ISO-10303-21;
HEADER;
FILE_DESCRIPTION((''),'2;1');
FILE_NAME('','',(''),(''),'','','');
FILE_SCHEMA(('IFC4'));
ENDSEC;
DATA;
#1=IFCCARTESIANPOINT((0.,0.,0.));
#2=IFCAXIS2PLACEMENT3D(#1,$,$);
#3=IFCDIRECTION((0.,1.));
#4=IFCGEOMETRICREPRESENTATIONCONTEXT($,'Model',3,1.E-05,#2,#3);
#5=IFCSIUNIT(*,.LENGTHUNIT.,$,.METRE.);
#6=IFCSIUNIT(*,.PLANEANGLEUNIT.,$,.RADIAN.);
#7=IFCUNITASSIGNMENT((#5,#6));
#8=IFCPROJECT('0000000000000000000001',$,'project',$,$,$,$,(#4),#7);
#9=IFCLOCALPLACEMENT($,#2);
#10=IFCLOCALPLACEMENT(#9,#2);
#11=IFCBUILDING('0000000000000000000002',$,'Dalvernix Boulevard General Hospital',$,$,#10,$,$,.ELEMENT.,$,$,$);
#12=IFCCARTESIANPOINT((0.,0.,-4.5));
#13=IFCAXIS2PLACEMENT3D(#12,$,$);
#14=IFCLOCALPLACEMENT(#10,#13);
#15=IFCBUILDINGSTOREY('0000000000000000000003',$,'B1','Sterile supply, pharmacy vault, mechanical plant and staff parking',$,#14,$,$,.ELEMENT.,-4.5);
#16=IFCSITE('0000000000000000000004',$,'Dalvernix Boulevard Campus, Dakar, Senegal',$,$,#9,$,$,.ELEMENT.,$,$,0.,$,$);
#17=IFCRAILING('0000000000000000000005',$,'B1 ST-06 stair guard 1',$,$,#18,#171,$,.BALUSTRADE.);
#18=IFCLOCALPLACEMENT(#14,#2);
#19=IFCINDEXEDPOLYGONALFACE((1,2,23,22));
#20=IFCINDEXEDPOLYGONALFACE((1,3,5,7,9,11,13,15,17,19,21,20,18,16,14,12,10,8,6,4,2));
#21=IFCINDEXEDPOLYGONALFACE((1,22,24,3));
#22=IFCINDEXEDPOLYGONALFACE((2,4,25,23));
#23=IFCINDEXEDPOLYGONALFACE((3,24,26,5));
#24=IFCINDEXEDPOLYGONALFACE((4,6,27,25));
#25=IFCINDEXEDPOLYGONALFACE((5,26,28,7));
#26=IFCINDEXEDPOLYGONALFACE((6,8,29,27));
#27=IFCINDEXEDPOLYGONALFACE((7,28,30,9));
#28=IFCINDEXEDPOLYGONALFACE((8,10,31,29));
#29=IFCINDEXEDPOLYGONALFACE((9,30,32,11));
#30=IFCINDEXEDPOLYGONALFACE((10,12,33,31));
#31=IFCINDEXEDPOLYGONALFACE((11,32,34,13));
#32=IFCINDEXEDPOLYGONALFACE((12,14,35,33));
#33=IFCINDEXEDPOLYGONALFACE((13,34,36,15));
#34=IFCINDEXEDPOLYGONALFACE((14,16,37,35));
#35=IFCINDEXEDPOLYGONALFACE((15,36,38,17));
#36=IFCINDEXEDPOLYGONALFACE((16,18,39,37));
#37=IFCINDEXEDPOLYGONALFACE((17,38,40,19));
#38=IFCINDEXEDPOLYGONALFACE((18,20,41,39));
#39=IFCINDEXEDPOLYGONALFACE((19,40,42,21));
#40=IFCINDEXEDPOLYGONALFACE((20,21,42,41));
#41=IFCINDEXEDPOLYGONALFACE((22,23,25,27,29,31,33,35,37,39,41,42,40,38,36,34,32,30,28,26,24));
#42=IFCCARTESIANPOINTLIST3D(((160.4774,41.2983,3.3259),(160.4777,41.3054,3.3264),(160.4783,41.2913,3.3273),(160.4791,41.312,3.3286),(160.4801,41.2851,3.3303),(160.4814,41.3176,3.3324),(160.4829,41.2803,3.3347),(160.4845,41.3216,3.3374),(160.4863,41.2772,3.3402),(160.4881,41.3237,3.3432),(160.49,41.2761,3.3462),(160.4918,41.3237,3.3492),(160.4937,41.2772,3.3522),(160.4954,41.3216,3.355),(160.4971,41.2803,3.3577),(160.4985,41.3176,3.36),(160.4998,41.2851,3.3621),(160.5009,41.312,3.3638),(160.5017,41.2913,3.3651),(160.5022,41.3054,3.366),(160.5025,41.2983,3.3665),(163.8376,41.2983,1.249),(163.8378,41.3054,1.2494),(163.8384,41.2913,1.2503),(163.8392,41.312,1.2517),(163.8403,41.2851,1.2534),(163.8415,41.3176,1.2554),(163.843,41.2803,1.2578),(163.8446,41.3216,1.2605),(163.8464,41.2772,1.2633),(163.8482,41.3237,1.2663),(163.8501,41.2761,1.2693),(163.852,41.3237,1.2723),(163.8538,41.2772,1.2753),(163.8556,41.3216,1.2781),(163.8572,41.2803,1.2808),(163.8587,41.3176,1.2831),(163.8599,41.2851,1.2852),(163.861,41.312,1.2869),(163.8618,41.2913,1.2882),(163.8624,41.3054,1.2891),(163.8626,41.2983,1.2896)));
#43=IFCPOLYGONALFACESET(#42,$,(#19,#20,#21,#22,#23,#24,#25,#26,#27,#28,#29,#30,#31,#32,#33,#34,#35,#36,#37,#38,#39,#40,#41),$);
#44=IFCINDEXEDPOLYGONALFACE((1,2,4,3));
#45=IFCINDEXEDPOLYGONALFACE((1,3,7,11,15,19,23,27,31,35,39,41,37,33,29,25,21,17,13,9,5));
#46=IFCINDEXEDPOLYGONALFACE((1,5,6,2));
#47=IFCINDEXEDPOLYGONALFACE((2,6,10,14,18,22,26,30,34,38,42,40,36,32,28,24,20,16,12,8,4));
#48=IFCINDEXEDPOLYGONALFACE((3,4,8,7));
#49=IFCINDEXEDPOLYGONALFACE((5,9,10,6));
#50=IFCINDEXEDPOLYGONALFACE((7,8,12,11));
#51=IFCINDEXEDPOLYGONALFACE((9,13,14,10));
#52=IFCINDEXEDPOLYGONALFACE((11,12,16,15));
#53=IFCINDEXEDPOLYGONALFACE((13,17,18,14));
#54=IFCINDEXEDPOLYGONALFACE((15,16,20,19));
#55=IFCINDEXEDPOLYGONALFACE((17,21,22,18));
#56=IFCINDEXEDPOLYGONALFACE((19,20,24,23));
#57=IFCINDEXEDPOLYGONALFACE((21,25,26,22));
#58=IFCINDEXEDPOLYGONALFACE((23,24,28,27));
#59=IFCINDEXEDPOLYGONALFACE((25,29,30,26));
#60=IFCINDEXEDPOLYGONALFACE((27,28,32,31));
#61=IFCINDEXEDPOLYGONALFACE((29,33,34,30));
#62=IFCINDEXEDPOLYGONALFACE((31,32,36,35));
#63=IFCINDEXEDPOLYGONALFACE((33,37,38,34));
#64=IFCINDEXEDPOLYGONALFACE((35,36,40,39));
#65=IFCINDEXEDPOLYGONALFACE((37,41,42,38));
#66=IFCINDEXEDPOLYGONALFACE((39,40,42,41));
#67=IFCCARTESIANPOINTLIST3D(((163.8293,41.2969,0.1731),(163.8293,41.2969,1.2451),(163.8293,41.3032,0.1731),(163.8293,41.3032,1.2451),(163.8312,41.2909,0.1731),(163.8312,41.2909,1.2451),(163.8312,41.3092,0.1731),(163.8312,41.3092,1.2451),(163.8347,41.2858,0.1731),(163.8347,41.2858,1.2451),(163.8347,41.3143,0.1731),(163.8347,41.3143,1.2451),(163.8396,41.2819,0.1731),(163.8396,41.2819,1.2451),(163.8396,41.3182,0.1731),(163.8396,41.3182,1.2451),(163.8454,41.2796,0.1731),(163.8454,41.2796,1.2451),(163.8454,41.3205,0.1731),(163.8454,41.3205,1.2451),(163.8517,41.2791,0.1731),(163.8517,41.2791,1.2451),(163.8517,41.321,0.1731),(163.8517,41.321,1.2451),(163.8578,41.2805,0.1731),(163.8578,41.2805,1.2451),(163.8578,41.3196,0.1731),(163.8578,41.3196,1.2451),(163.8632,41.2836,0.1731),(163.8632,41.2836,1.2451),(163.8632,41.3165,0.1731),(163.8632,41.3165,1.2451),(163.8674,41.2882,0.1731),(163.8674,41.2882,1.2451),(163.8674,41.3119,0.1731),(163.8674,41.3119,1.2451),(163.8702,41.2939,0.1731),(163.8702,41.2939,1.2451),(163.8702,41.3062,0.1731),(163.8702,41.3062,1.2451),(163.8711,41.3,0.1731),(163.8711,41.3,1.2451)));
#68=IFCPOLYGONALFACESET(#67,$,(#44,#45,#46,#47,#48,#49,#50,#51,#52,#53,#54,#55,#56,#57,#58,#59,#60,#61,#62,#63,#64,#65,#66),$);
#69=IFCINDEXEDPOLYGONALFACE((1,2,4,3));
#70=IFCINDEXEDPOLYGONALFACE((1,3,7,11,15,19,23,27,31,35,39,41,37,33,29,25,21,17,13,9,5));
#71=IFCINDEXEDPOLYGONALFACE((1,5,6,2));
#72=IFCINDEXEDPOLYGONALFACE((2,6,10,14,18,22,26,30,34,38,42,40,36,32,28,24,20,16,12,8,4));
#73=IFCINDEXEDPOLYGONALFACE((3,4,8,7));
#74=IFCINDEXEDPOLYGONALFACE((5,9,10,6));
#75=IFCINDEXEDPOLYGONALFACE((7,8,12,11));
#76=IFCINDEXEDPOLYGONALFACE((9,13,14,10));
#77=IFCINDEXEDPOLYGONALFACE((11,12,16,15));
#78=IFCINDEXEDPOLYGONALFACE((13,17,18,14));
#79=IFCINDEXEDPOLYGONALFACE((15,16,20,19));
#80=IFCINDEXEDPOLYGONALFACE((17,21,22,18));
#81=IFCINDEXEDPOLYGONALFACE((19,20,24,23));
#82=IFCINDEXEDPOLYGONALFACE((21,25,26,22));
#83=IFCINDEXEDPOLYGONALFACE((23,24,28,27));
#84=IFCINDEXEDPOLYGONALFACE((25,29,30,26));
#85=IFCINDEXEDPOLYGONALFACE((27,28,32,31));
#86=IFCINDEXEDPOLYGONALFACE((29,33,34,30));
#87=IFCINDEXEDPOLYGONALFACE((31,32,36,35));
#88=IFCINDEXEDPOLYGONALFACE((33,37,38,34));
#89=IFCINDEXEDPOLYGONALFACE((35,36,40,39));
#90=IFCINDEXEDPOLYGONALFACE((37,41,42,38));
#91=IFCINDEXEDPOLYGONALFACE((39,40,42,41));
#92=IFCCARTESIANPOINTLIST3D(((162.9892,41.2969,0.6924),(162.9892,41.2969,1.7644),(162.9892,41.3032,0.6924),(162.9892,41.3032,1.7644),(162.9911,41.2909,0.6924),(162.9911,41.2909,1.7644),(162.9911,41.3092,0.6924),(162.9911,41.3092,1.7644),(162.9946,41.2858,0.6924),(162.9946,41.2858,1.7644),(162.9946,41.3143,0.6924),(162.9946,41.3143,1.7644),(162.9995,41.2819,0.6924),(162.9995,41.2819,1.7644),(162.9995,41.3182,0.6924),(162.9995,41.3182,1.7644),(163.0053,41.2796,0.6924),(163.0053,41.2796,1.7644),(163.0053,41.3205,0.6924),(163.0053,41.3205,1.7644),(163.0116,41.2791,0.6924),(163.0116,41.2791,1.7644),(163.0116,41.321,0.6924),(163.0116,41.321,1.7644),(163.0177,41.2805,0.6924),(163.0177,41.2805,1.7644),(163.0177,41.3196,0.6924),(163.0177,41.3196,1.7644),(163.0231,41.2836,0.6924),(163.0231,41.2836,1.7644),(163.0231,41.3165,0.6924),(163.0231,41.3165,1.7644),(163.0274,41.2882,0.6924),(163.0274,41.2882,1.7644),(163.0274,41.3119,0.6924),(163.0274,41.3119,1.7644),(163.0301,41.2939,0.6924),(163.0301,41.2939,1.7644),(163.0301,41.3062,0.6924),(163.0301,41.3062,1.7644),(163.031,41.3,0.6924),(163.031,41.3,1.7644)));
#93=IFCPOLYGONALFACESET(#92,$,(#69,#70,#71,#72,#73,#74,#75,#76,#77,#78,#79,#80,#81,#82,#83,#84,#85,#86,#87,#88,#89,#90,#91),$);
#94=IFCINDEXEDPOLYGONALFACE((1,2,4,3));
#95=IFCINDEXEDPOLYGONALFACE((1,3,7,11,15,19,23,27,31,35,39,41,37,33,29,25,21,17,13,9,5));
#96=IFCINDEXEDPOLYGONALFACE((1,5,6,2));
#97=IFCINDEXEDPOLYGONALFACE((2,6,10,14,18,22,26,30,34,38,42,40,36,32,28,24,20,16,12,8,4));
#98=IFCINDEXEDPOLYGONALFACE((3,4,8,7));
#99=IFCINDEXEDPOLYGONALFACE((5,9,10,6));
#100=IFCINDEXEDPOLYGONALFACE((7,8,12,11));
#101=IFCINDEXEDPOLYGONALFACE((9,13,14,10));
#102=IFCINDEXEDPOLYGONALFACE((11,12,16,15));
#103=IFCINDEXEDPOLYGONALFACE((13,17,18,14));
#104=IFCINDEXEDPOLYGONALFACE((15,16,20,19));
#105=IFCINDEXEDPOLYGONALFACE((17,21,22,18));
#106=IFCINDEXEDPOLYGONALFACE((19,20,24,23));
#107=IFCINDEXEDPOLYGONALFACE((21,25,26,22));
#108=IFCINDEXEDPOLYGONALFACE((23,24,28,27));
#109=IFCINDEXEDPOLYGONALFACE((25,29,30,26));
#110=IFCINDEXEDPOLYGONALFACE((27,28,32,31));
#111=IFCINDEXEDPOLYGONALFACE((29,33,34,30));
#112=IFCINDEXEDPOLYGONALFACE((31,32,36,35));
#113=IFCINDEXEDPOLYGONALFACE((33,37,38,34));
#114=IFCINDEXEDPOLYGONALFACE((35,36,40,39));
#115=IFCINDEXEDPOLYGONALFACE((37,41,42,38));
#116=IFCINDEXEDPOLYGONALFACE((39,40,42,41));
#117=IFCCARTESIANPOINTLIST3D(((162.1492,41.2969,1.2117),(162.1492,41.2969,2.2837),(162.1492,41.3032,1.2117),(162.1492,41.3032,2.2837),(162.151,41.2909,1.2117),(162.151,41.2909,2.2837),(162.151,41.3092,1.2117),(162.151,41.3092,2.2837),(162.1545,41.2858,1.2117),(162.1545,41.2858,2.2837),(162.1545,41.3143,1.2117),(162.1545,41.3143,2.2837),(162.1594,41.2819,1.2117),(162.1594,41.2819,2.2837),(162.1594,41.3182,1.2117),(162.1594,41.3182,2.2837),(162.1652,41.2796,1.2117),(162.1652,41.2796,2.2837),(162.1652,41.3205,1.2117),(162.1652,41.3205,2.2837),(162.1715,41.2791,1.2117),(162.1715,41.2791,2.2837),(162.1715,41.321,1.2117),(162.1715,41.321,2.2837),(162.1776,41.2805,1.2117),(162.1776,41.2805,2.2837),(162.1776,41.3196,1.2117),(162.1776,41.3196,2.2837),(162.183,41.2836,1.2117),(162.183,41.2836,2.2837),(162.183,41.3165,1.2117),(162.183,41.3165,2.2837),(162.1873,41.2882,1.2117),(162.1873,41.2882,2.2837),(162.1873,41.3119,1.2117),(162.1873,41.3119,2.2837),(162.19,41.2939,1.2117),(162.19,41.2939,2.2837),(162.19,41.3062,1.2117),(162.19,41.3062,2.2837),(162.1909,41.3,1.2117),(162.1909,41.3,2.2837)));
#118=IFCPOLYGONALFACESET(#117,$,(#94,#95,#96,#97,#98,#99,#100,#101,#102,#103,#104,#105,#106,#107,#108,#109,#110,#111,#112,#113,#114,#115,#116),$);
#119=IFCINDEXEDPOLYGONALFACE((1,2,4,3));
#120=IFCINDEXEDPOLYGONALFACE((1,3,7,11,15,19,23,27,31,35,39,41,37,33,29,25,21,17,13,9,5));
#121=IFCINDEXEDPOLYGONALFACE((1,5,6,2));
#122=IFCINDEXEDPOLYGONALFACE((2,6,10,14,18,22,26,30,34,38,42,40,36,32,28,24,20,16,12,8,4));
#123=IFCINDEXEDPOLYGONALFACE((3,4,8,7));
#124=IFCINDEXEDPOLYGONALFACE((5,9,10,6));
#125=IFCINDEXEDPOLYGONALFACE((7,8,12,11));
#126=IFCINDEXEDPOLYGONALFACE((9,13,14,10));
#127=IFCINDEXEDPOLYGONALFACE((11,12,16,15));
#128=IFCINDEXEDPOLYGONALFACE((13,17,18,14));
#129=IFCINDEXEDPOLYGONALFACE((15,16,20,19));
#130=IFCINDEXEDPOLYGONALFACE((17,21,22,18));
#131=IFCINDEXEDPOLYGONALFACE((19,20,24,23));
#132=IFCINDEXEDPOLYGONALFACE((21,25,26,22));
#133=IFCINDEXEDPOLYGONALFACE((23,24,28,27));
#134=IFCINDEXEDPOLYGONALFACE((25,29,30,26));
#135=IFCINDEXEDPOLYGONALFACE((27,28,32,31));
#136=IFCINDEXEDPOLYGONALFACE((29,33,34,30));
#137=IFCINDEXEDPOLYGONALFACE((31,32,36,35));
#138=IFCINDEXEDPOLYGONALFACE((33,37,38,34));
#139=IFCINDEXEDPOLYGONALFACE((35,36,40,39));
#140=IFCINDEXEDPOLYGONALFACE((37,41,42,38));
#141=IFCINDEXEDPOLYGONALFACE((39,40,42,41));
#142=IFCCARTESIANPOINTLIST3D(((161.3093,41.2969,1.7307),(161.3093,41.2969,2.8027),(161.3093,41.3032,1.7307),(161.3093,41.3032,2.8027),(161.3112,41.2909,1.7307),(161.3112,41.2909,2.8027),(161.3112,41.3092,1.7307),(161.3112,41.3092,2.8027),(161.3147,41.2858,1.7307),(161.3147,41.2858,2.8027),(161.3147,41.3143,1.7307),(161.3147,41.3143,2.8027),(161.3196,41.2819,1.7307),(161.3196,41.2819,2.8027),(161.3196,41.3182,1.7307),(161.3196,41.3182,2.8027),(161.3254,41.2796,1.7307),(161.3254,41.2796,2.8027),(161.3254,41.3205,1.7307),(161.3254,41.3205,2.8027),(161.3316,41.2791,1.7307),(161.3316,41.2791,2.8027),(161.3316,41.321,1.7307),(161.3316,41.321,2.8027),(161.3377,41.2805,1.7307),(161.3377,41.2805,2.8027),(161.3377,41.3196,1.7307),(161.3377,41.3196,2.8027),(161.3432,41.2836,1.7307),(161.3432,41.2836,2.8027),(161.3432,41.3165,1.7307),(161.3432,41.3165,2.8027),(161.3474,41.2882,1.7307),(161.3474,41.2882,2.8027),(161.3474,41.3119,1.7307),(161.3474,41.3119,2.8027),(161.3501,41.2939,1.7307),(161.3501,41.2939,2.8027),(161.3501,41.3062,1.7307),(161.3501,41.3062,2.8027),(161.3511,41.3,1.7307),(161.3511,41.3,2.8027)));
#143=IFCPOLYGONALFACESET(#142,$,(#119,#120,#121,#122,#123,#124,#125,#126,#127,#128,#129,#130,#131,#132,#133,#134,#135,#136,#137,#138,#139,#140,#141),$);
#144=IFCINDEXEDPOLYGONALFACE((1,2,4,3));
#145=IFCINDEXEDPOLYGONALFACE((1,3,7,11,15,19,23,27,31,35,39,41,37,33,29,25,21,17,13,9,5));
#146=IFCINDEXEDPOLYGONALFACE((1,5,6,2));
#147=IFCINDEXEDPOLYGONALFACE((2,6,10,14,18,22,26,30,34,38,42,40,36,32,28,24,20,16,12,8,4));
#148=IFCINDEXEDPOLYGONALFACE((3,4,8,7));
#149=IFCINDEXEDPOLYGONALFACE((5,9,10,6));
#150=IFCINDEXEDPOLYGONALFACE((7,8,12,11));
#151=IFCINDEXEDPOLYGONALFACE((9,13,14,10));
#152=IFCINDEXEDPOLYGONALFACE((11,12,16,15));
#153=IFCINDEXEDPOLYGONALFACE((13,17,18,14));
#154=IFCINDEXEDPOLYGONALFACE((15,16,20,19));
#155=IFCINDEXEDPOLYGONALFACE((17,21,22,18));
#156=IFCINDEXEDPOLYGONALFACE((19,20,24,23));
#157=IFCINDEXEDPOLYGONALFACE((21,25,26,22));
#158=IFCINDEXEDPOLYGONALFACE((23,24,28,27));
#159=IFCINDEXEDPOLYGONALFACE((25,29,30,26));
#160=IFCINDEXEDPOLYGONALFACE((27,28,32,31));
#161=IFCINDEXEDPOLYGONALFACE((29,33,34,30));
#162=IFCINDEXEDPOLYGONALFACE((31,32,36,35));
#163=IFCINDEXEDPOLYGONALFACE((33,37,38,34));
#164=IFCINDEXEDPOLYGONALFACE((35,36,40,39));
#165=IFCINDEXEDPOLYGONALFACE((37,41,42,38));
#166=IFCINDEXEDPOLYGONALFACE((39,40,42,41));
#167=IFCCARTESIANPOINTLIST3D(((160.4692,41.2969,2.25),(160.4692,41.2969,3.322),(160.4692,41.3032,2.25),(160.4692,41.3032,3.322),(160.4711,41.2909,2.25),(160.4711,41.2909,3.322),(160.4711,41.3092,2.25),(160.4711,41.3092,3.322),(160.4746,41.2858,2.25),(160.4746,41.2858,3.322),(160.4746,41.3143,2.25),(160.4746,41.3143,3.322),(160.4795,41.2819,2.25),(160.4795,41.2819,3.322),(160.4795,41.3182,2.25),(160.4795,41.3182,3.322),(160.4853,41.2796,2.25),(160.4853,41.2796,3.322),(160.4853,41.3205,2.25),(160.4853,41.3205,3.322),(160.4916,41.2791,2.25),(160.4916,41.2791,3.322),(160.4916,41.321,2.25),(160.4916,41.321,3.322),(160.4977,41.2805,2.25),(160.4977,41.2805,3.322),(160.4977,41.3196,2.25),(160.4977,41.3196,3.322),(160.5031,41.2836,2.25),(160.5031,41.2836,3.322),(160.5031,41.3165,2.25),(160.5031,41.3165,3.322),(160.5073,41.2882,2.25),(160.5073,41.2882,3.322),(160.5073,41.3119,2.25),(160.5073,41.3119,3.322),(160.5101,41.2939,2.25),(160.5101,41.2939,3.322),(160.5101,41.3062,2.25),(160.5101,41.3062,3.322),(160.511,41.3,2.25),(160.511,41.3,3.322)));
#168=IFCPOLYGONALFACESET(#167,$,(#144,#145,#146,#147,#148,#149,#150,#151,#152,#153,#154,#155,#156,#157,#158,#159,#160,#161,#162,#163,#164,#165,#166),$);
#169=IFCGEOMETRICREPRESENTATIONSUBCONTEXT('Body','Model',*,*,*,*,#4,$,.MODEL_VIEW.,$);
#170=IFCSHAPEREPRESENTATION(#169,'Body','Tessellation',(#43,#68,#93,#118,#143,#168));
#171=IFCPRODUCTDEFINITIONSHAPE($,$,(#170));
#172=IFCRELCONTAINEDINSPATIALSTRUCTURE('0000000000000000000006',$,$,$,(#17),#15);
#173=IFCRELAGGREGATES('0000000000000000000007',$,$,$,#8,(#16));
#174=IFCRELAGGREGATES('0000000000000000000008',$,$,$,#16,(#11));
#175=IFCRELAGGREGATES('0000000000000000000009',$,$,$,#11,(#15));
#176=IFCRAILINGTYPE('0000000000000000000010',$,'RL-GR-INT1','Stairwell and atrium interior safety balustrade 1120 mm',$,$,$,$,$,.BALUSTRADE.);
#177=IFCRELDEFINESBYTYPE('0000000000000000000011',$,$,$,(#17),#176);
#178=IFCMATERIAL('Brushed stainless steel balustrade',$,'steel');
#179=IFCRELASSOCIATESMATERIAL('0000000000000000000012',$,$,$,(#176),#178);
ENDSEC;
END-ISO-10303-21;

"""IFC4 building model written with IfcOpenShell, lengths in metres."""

from ifc_helpers import new_model, si_unit, direction, frame, origin, origin_2d, place, context, subcontext, project, spatial, circle, extrude, material, type_object, element, save


model = new_model("IFC4")

# Units and contexts
model_context = context("Model", 3, precision=1e-05, world=origin(), true_north=direction((0.0, 1.0)))
body_context = subcontext(model_context, "Body", "Model", "MODEL_VIEW")
ifc_project = project(units=[si_unit("LENGTHUNIT", "METRE"), si_unit("PLANEANGLEUNIT", "RADIAN")], contexts=[model_context])

# Site, building, storey
site_placement = place(None, origin())
site = spatial("IfcSite", under=ifc_project, at=site_placement, Name="Dalvernix Boulevard Campus, Dakar, Senegal", CompositionType="ELEMENT", RefElevation=0.0)
building_placement = place(site_placement, origin())
building = spatial("IfcBuilding", under=site, at=building_placement, Name="Dalvernix Boulevard General Hospital", CompositionType="ELEMENT")
storey_placement = place(building_placement, frame((0.0, 0.0, -4.5)))
storey = spatial("IfcBuildingStorey", under=building, at=storey_placement, Name="B1", Description="Sterile supply, pharmacy vault, mechanical plant and staff parking", CompositionType="ELEMENT", Elevation=-4.5)

# Railing
ifc_material_1 = material(Name="Brushed stainless steel balustrade", Category="steel")
railing_type_1 = type_object("IfcRailingType", Name="RL-GR-INT1", Description="Stairwell and atrium interior safety balustrade 1120 mm", PredefinedType="BALUSTRADE", material=ifc_material_1)
railing_1_placement = place(storey_placement, frame((163.8501, 41.3, 0.1731)))
element("IfcRailing", 1, at=railing_1_placement, inside=storey, type_object=railing_type_1, Name="B1 ST-06 stair guard 1", PredefinedType="BALUSTRADE", context=body_context, shape_type="SweptSolid", body=[
    extrude(circle(Radius=0.0239, at=origin_2d()), frame((0.0, 0.0, 1.0962), z_axis=(-0.850623, 0.0, 0.525776), x_axis=(0.0, -1.0, 0.0)), (0.0, 0.0, 1.0), 3.9502),
    extrude(circle(Radius=0.021, at=origin_2d()), origin(), (0.0, 0.0, 1.0), 1.072),
    extrude(circle(Radius=0.021, at=origin_2d()), frame((-0.8401, 0.0, 0.5193)), (0.0, 0.0, 1.0), 1.072),
    extrude(circle(Radius=0.021, at=origin_2d()), frame((-1.6802, 0.0, 1.0386)), (0.0, 0.0, 1.0), 1.072),
    extrude(circle(Radius=0.021, at=origin_2d()), frame((-2.52, 0.0, 1.5576)), (0.0, 0.0, 1.0), 1.072),
    extrude(circle(Radius=0.021, at=origin_2d()), frame((-3.3601, 0.0, 2.0769)), (0.0, 0.0, 1.0), 1.072),
])

save(model, "model.ifc")
